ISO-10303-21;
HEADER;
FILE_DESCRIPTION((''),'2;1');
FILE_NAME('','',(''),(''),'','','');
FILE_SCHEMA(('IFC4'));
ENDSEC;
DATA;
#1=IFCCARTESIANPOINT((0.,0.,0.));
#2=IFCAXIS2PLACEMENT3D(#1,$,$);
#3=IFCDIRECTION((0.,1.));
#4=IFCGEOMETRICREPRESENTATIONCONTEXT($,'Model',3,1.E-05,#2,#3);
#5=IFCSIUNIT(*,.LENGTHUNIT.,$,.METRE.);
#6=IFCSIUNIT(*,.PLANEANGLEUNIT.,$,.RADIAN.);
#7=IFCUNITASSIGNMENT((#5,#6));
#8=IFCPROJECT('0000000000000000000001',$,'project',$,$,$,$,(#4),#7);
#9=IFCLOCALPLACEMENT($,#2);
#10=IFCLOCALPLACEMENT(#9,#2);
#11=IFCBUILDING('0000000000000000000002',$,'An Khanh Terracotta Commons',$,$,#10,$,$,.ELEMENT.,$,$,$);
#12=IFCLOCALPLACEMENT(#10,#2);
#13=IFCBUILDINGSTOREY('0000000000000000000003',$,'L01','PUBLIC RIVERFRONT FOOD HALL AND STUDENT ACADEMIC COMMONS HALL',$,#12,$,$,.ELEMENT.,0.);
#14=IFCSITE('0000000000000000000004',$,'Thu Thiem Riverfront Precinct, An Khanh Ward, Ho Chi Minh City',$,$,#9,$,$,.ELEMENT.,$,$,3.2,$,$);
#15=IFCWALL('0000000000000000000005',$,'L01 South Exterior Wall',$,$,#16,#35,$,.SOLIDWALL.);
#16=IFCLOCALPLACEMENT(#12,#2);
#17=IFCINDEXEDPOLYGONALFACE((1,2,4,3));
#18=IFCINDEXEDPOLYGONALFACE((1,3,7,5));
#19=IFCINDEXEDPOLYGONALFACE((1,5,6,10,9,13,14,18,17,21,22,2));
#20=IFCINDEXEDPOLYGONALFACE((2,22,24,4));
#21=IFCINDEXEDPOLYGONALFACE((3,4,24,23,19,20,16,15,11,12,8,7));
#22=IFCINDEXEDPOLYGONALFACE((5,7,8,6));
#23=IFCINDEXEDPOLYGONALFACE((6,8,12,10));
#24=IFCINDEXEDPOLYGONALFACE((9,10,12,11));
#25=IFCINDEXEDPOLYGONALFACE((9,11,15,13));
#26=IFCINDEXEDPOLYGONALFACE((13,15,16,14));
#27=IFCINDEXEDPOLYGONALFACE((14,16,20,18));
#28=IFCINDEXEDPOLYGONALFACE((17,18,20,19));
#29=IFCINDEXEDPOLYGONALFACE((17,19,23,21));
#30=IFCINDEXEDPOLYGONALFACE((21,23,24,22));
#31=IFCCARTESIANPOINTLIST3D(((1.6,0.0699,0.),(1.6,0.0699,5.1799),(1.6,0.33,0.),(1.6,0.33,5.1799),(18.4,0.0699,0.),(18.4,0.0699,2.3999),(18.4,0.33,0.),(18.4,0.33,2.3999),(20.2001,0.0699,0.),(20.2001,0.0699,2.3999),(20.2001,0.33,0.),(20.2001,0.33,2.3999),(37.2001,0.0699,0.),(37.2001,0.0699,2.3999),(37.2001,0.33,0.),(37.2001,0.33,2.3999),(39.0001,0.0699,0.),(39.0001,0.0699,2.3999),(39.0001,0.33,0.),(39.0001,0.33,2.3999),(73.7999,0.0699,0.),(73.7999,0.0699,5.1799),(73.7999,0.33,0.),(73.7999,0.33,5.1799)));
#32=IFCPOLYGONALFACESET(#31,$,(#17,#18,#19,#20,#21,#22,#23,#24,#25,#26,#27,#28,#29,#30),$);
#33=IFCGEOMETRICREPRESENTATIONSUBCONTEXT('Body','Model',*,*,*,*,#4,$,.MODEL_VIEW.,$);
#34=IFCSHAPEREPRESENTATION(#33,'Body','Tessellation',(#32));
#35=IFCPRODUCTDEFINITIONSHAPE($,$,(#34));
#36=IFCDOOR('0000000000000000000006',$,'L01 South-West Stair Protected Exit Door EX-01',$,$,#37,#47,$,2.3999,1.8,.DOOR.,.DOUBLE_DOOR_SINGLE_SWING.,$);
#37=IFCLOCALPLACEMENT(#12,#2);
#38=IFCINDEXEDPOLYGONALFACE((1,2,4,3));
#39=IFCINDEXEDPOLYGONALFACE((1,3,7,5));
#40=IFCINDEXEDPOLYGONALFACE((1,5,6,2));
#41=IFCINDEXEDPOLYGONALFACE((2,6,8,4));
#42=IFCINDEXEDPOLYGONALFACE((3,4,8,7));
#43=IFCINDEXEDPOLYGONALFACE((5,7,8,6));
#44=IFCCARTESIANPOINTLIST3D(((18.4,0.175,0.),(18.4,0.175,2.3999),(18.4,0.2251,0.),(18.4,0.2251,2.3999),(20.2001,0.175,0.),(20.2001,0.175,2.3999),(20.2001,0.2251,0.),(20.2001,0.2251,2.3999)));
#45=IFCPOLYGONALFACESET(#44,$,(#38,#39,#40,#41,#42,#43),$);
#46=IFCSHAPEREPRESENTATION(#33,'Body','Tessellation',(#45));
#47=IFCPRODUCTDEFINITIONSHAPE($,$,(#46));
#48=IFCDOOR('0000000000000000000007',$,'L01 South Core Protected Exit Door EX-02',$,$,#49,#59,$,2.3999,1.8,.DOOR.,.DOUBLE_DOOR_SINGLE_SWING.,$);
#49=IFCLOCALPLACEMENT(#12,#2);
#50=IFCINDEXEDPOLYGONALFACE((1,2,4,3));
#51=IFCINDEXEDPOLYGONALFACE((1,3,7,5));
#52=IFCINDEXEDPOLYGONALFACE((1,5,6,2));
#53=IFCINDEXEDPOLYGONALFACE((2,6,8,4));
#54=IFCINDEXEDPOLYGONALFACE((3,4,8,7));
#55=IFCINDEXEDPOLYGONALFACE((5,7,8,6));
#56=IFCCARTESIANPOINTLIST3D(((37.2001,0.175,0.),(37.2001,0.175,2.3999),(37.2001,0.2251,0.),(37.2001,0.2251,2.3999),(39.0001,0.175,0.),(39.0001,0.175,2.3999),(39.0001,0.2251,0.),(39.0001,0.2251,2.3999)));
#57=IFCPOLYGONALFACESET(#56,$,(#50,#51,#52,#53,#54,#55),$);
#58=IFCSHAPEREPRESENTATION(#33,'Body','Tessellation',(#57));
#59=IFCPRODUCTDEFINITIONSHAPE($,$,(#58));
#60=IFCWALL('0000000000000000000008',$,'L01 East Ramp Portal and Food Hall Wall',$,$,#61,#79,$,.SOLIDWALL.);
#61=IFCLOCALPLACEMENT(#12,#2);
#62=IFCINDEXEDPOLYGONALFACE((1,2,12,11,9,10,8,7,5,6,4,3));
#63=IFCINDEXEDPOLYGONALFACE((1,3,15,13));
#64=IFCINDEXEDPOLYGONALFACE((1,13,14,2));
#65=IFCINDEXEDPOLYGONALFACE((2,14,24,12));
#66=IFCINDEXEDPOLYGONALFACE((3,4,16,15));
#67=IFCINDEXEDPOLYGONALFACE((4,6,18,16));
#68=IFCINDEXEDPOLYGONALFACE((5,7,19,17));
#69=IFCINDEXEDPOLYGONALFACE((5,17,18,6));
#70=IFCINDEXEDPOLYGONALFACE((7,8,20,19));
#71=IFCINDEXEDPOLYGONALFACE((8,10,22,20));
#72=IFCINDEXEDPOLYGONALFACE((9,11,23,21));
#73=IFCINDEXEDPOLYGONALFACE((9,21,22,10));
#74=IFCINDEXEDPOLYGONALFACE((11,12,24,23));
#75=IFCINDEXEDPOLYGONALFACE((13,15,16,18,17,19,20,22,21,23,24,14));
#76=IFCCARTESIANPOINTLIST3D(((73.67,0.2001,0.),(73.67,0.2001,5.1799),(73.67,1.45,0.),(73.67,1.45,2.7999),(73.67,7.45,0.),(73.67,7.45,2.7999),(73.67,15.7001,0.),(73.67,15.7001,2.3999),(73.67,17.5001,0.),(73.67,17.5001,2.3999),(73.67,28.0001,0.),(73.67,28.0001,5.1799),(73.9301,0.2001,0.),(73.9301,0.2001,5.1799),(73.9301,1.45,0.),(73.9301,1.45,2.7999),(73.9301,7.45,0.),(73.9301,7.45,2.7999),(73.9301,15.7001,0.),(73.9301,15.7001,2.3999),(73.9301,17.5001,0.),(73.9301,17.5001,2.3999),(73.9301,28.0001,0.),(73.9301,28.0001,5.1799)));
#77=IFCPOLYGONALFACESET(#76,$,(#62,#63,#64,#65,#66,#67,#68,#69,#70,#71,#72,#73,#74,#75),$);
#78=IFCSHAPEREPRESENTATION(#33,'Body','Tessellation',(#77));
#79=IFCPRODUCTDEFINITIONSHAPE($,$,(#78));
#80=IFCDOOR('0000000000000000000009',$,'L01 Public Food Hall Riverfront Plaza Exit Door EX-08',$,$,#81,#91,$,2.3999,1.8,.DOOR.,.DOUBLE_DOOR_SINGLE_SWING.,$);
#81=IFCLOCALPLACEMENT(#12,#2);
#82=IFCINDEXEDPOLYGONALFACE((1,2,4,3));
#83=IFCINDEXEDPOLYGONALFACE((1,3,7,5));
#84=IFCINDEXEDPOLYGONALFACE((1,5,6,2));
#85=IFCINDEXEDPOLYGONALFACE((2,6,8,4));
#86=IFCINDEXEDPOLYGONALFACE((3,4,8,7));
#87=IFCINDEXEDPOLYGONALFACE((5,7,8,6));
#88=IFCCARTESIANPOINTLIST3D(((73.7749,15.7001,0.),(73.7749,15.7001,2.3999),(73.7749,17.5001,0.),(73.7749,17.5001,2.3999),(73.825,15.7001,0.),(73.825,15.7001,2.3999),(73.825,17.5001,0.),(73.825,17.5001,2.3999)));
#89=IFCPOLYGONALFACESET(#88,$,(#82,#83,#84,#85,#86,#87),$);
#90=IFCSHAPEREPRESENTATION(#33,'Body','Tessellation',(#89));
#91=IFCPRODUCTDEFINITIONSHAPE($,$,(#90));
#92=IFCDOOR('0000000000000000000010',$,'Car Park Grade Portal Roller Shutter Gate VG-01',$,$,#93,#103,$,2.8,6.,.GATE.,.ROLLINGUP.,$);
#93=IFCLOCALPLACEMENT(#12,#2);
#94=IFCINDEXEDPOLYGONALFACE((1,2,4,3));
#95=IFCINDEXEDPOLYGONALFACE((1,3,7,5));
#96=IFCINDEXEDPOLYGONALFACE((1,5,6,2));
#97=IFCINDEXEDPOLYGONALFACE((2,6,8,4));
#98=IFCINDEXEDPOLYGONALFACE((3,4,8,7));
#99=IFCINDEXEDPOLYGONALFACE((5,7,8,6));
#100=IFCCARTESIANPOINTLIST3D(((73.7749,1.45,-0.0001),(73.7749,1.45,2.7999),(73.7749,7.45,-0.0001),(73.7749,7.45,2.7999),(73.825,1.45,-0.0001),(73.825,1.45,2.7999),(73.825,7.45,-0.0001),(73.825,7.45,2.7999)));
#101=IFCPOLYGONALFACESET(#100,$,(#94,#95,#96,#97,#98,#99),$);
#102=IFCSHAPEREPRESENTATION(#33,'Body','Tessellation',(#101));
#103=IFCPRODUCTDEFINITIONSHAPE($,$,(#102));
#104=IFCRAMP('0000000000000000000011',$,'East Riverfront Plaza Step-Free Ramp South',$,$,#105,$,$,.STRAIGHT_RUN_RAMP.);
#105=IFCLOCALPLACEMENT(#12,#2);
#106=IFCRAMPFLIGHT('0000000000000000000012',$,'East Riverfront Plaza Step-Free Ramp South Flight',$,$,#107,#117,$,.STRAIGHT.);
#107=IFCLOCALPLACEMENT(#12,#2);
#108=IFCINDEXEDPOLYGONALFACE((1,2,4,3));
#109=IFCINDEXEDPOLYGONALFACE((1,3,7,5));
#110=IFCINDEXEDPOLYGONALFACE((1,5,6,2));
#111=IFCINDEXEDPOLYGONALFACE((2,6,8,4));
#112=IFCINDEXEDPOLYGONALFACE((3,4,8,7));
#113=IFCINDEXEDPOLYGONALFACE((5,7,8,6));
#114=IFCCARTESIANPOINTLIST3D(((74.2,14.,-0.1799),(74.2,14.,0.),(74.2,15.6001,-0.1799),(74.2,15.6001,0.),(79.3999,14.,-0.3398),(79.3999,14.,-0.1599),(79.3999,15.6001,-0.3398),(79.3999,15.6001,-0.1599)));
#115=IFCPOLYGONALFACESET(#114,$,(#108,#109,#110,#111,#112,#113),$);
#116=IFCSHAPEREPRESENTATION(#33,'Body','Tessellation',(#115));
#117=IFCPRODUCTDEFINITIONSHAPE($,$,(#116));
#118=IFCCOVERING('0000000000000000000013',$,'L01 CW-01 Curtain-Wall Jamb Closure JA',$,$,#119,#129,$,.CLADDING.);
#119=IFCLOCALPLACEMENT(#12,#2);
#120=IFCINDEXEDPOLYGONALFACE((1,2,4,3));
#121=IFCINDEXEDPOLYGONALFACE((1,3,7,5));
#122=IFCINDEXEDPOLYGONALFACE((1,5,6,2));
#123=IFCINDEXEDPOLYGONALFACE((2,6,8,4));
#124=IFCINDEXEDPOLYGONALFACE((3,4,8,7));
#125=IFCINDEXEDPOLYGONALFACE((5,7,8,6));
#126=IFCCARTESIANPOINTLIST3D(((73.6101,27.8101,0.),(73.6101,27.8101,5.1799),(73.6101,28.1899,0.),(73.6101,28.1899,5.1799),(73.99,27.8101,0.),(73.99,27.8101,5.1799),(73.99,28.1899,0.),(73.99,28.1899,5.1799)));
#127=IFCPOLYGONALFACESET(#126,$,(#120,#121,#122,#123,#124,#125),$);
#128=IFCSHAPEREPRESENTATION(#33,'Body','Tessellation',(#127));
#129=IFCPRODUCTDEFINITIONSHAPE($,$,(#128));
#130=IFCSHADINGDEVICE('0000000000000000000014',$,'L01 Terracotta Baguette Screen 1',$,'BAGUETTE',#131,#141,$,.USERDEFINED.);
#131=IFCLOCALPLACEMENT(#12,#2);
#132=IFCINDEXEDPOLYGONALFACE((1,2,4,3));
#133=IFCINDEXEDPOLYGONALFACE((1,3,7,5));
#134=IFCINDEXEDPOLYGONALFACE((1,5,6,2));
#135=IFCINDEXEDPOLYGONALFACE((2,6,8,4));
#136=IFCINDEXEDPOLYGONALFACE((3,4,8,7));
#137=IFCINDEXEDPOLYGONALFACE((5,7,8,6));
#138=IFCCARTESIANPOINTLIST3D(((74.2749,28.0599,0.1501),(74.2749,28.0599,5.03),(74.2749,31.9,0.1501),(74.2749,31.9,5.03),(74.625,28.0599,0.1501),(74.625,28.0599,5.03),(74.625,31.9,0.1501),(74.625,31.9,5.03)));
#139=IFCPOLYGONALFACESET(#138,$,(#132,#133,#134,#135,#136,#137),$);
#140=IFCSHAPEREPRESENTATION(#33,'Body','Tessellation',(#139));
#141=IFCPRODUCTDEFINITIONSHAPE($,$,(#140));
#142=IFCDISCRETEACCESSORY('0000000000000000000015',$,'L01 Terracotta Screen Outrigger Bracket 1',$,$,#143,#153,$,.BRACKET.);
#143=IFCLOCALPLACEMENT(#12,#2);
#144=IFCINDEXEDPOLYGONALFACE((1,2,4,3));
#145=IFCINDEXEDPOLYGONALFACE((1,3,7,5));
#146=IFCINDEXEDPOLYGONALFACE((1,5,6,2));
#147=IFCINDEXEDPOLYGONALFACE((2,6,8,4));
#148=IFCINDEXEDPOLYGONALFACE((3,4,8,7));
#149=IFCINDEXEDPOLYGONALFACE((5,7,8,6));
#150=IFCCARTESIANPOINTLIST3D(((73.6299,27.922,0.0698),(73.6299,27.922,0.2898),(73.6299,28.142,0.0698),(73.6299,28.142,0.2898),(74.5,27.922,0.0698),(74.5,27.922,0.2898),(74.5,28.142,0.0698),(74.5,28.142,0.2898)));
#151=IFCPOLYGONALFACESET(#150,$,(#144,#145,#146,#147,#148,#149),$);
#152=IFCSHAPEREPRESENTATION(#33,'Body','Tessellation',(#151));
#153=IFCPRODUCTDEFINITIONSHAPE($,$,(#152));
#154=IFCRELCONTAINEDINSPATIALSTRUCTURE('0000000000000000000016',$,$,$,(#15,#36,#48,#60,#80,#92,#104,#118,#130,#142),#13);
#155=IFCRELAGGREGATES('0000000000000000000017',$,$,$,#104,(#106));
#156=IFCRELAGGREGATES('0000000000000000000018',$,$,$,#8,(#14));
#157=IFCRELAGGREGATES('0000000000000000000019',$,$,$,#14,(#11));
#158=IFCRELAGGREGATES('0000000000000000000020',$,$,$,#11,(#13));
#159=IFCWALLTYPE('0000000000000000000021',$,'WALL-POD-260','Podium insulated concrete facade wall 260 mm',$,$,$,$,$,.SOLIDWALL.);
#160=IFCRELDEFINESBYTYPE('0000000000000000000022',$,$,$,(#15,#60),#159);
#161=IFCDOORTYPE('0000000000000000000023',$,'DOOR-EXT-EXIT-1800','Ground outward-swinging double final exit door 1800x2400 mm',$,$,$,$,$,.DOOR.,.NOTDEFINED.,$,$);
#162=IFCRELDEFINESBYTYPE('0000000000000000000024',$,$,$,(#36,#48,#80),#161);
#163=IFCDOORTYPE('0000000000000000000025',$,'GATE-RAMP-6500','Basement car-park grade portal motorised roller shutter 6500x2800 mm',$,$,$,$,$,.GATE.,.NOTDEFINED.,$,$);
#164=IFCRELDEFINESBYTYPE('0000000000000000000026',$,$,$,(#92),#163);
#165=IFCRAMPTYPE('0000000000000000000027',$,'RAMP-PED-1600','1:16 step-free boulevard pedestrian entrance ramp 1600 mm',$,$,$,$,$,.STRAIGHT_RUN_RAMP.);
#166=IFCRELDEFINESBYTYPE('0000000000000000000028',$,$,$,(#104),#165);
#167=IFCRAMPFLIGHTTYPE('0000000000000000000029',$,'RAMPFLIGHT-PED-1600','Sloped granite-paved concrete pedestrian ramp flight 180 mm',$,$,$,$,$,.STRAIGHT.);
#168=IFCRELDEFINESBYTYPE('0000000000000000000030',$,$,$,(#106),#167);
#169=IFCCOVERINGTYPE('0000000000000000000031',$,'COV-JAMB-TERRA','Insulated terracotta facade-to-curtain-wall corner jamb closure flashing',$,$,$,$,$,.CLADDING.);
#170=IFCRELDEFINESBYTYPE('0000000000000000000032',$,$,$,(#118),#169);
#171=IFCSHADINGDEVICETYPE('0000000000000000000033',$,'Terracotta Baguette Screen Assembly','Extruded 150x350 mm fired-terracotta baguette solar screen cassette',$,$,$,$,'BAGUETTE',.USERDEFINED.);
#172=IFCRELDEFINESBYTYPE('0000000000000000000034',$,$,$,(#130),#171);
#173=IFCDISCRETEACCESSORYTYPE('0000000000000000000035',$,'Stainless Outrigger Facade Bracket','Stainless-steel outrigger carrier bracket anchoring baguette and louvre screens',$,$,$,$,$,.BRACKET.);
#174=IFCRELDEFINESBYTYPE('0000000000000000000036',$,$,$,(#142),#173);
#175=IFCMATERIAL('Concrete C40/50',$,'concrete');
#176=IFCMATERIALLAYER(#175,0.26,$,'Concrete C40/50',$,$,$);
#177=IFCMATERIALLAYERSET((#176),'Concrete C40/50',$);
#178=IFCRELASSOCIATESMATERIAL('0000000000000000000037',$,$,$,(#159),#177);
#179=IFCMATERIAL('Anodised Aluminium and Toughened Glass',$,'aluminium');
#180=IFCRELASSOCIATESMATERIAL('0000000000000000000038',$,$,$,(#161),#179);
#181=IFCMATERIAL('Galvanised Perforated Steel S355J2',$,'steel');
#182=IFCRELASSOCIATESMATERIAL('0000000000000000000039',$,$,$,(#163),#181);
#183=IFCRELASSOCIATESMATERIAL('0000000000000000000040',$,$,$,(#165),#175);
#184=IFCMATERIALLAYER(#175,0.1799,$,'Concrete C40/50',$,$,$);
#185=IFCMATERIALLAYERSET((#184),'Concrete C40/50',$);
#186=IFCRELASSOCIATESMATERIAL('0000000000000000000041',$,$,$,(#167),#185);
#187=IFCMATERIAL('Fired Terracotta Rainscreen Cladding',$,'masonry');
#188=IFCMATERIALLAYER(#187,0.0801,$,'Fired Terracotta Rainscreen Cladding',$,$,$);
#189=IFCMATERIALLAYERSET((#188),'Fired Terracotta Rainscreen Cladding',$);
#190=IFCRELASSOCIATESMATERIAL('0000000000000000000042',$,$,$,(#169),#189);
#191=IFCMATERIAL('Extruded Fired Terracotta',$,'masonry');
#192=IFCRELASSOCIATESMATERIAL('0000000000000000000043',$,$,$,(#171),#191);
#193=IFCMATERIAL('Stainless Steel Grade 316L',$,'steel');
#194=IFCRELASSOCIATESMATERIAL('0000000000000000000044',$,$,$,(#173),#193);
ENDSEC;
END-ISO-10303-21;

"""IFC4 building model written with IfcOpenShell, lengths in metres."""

from ifc_helpers import new_model, si_unit, direction, frame, frame_2d, origin, origin_2d, place, context, subcontext, project, spatial, polyline, rectangle, outline, extrude, material, layer, layer_set, type_object, element, fill, aggregate, save


model = new_model("IFC4")

# Units and contexts
model_context = context("Model", 3, precision=1e-05, world=origin(), true_north=direction((0.0, 1.0)))
body_context = subcontext(model_context, "Body", "Model", "MODEL_VIEW")
ifc_project = project(units=[si_unit("LENGTHUNIT", "METRE"), si_unit("PLANEANGLEUNIT", "RADIAN")], contexts=[model_context])

# Site, building, storey
site_placement = place(None, origin())
site = spatial("IfcSite", under=ifc_project, at=site_placement, Name="Thu Thiem Riverfront Precinct, An Khanh Ward, Ho Chi Minh City", CompositionType="ELEMENT", RefElevation=3.2)
building_placement = place(site_placement, origin())
building = spatial("IfcBuilding", under=site, at=building_placement, Name="An Khanh Terracotta Commons", CompositionType="ELEMENT")
storey_placement = place(building_placement, origin())
storey = spatial("IfcBuildingStorey", under=building, at=storey_placement, Name="L01", Description="PUBLIC RIVERFRONT FOOD HALL AND STUDENT ACADEMIC COMMONS HALL", CompositionType="ELEMENT", Elevation=0.0)

# Walls, openings, doors
ifc_material_1 = material(Name="Concrete C40/50", Category="concrete")
ifc_layer_1 = layer(ifc_material_1, 0.26, Name="Concrete C40/50")
ifc_layer_set_1 = layer_set([ifc_layer_1], Name="Concrete C40/50")
wall_type = type_object("IfcWallType", Name="WALL-POD-260", Description="Podium insulated concrete facade wall 260 mm", PredefinedType="SOLIDWALL", material=ifc_layer_set_1)
wall_1_placement = place(storey_placement, frame((73.8, 0.2, 0.0), z_axis=(0.0, 0.0, 1.0), x_axis=(-1.0, 0.0, 0.0)))
wall_1 = element("IfcWall", 1, at=wall_1_placement, inside=storey, type_object=wall_type, Name="L01 South Exterior Wall", PredefinedType="SOLIDWALL", context=body_context, shape_type="SweptSolid", body=[
    extrude(rectangle(XDim=72.2, YDim=0.26, at=frame_2d((36.1001, 0.0))), origin(), (0.0, 0.0, 1.0), 5.1799),
])
opening_1_placement = place(wall_1_placement, frame((53.6001, 0.0, 0.0)))
opening_1 = element("IfcOpeningElement", 2, at=opening_1_placement, cuts=wall_1, PredefinedType="OPENING", context=body_context, shape_type="SweptSolid", body=[
    extrude(rectangle(XDim=1.8, YDim=2.3999, at=frame_2d((0.8999, 1.2))), frame((0.0, 0.1399, 0.0), z_axis=(0.0, -1.0, 0.0), x_axis=(1.0, 0.0, 0.0)), (0.0, 0.0, 1.0), 0.28),
])
opening_2_placement = place(wall_1_placement, frame((34.8, 0.0, 0.0)))
opening_2 = element("IfcOpeningElement", 3, at=opening_2_placement, cuts=wall_1, PredefinedType="OPENING", context=body_context, shape_type="SweptSolid", body=[
    extrude(rectangle(XDim=1.8, YDim=2.3999, at=frame_2d((0.8999, 1.2))), frame((0.0, 0.1399, 0.0), z_axis=(0.0, -1.0, 0.0), x_axis=(1.0, 0.0, 0.0)), (0.0, 0.0, 1.0), 0.28),
])
ifc_material_2 = material(Name="Anodised Aluminium and Toughened Glass", Category="aluminium")
door_type_1 = type_object("IfcDoorType", Name="DOOR-EXT-EXIT-1800", Description="Ground outward-swinging double final exit door 1800x2400 mm", OperationType="NOTDEFINED", PredefinedType="DOOR", material=ifc_material_2)
door_1_placement = place(opening_1_placement, origin())
door_1 = element("IfcDoor", 4, at=door_1_placement, inside=storey, type_object=door_type_1, Name="L01 South-West Stair Protected Exit Door EX-01", OperationType="DOUBLE_DOOR_SINGLE_SWING", OverallHeight=2.3999, OverallWidth=1.8, PredefinedType="DOOR", context=body_context, shape_type="SweptSolid", body=[
    extrude(rectangle(XDim=1.8, YDim=2.3999, at=frame_2d((0.8999, 1.2))), frame((0.0, 0.0249, 0.0), z_axis=(0.0, -1.0, 0.0), x_axis=(1.0, 0.0, 0.0)), (0.0, 0.0, 1.0), 0.05),
])
fill(opening_1, door_1)
door_2_placement = place(opening_2_placement, origin())
door_2 = element("IfcDoor", 5, at=door_2_placement, inside=storey, type_object=door_type_1, Name="L01 South Core Protected Exit Door EX-02", OperationType="DOUBLE_DOOR_SINGLE_SWING", OverallHeight=2.3999, OverallWidth=1.8, PredefinedType="DOOR", context=body_context, shape_type="SweptSolid", body=[
    extrude(rectangle(XDim=1.8, YDim=2.3999, at=frame_2d((0.8999, 1.2))), frame((0.0, 0.0249, 0.0), z_axis=(0.0, -1.0, 0.0), x_axis=(1.0, 0.0, 0.0)), (0.0, 0.0, 1.0), 0.05),
])
fill(opening_2, door_2)
wall_2_placement = place(storey_placement, frame((73.8, 28.0, 0.0), z_axis=(0.0, 0.0, 1.0), x_axis=(0.0, -1.0, 0.0)))
wall_2 = element("IfcWall", 6, at=wall_2_placement, inside=storey, type_object=wall_type, Name="L01 East Ramp Portal and Food Hall Wall", PredefinedType="SOLIDWALL", context=body_context, shape_type="SweptSolid", body=[
    extrude(rectangle(XDim=27.8, YDim=0.26, at=frame_2d((13.8999, 0.0))), origin(), (0.0, 0.0, 1.0), 5.1799),
])
opening_3_placement = place(wall_2_placement, frame((20.55, 0.0, 0.0)))
opening_3 = element("IfcOpeningElement", 7, at=opening_3_placement, cuts=wall_2, PredefinedType="OPENING", context=body_context, shape_type="SweptSolid", body=[
    extrude(rectangle(XDim=6.0, YDim=2.8, at=frame_2d((3.0, 1.3999))), frame((0.0, 0.1399, 0.0), z_axis=(0.0, -1.0, 0.0), x_axis=(1.0, 0.0, 0.0)), (0.0, 0.0, 1.0), 0.28),
])
opening_4_placement = place(wall_2_placement, frame((10.5, 0.0, 0.0)))
opening_4 = element("IfcOpeningElement", 8, at=opening_4_placement, cuts=wall_2, PredefinedType="OPENING", context=body_context, shape_type="SweptSolid", body=[
    extrude(rectangle(XDim=1.8, YDim=2.3999, at=frame_2d((0.8999, 1.2))), frame((0.0, 0.1399, 0.0), z_axis=(0.0, -1.0, 0.0), x_axis=(1.0, 0.0, 0.0)), (0.0, 0.0, 1.0), 0.28),
])
door_3_placement = place(opening_4_placement, origin())
door_3 = element("IfcDoor", 9, at=door_3_placement, inside=storey, type_object=door_type_1, Name="L01 Public Food Hall Riverfront Plaza Exit Door EX-08", OperationType="DOUBLE_DOOR_SINGLE_SWING", OverallHeight=2.3999, OverallWidth=1.8, PredefinedType="DOOR", context=body_context, shape_type="SweptSolid", body=[
    extrude(rectangle(XDim=1.8, YDim=2.3999, at=frame_2d((0.8999, 1.2))), frame((0.0, 0.0249, 0.0), z_axis=(0.0, -1.0, 0.0), x_axis=(1.0, 0.0, 0.0)), (0.0, 0.0, 1.0), 0.05),
])
fill(opening_4, door_3)
ifc_material_3 = material(Name="Galvanised Perforated Steel S355J2", Category="steel")
door_type_2 = type_object("IfcDoorType", Name="GATE-RAMP-6500", Description="Basement car-park grade portal motorised roller shutter 6500x2800 mm", OperationType="NOTDEFINED", PredefinedType="GATE", material=ifc_material_3)
door_4_placement = place(opening_3_placement, origin())
door_4 = element("IfcDoor", 10, at=door_4_placement, inside=storey, type_object=door_type_2, Name="Car Park Grade Portal Roller Shutter Gate VG-01", OperationType="ROLLINGUP", OverallHeight=2.8, OverallWidth=6.0, PredefinedType="GATE", context=body_context, shape_type="SweptSolid", body=[
    extrude(rectangle(XDim=6.0, YDim=2.8, at=frame_2d((3.0, 1.3999))), frame((0.0, 0.0249, 0.0), z_axis=(0.0, -1.0, 0.0), x_axis=(1.0, 0.0, 0.0)), (0.0, 0.0, 1.0), 0.05),
])
fill(opening_3, door_4)

# Ramp, ramp flight
ramp_type = type_object("IfcRampType", Name="RAMP-PED-1600", Description="1:16 step-free boulevard pedestrian entrance ramp 1600 mm", PredefinedType="STRAIGHT_RUN_RAMP", material=ifc_material_1)
ramp_placement = place(storey_placement, origin())
ramp = element("IfcRamp", 11, at=ramp_placement, inside=storey, type_object=ramp_type, Name="East Riverfront Plaza Step-Free Ramp South", PredefinedType="STRAIGHT_RUN_RAMP")
ifc_layer_2 = layer(ifc_material_1, 0.1799, Name="Concrete C40/50")
ifc_layer_set_2 = layer_set([ifc_layer_2], Name="Concrete C40/50")
ramp_flight_type = type_object("IfcRampFlightType", Name="RAMPFLIGHT-PED-1600", Description="Sloped granite-paved concrete pedestrian ramp flight 180 mm", PredefinedType="STRAIGHT", material=ifc_layer_set_2)
ramp_flight_placement = place(storey_placement, frame((79.3999, 14.8, -0.1599), z_axis=(0.0, 0.0, 1.0), x_axis=(-1.0, 0.0, 0.0)))
ramp_flight = element("IfcRampFlight", 12, at=ramp_flight_placement, type_object=ramp_flight_type, Name="East Riverfront Plaza Step-Free Ramp South Flight", PredefinedType="STRAIGHT", context=body_context, shape_type="SweptSolid", body=[
    extrude(outline(polyline([(0.0, 0.0), (5.2, 0.1599), (5.2, -0.02), (0.0, -0.1799), (0.0, 0.0)])), frame((0.0, 0.8, 0.0), z_axis=(0.0, -1.0, 0.0), x_axis=(1.0, 0.0, 0.0)), (0.0, 0.0, 1.0), 1.6001),
])
aggregate(ramp, [ramp_flight])

# Covering
ifc_material_4 = material(Name="Fired Terracotta Rainscreen Cladding", Category="masonry")
ifc_layer_3 = layer(ifc_material_4, 0.0801, Name="Fired Terracotta Rainscreen Cladding")
ifc_layer_set_3 = layer_set([ifc_layer_3], Name="Fired Terracotta Rainscreen Cladding")
covering_type = type_object("IfcCoveringType", Name="COV-JAMB-TERRA", Description="Insulated terracotta facade-to-curtain-wall corner jamb closure flashing", PredefinedType="CLADDING", material=ifc_layer_set_3)
covering_placement = place(storey_placement, frame((73.8, 28.0, 0.0), z_axis=(0.0, 0.0, 1.0), x_axis=(1.0, 0.0, 0.0)))
element("IfcCovering", 13, at=covering_placement, inside=storey, type_object=covering_type, Name="L01 CW-01 Curtain-Wall Jamb Closure JA", PredefinedType="CLADDING", context=body_context, shape_type="SweptSolid", body=[
    extrude(rectangle(XDim=0.3799, YDim=0.3799, at=origin_2d()), origin(), (0.0, 0.0, 1.0), 5.1799),
])

# Shading device
ifc_material_5 = material(Name="Extruded Fired Terracotta", Category="masonry")
shading_device_type = type_object("IfcShadingDeviceType", Name="Terracotta Baguette Screen Assembly", Description="Extruded 150x350 mm fired-terracotta baguette solar screen cassette", ElementType="BAGUETTE", PredefinedType="USERDEFINED", material=ifc_material_5)
shading_device_placement = place(storey_placement, frame((74.45, 29.98, 0.1501), z_axis=(0.0, 0.0, 1.0), x_axis=(0.0, 1.0, 0.0)))
element("IfcShadingDevice", 14, at=shading_device_placement, inside=storey, type_object=shading_device_type, Name="L01 Terracotta Baguette Screen 1", ObjectType="BAGUETTE", PredefinedType="USERDEFINED", context=body_context, shape_type="SweptSolid", body=[
    extrude(rectangle(XDim=3.8401, YDim=0.3501, at=origin_2d()), origin(), (0.0, 0.0, 1.0), 4.8799),
])

# Discrete accessory
ifc_material_6 = material(Name="Stainless Steel Grade 316L", Category="steel")
discrete_accessory_type = type_object("IfcDiscreteAccessoryType", Name="Stainless Outrigger Facade Bracket", Description="Stainless-steel outrigger carrier bracket anchoring baguette and louvre screens", PredefinedType="BRACKET", material=ifc_material_6)
discrete_accessory_placement = place(storey_placement, frame((74.0649, 28.032, 0.0698), z_axis=(0.0, 0.0, 1.0), x_axis=(0.0, 1.0, 0.0)))
element("IfcDiscreteAccessory", 15, at=discrete_accessory_placement, inside=storey, type_object=discrete_accessory_type, Name="L01 Terracotta Screen Outrigger Bracket 1", PredefinedType="BRACKET", context=body_context, shape_type="SweptSolid", body=[
    extrude(rectangle(XDim=0.22, YDim=0.8701, at=origin_2d()), origin(), (0.0, 0.0, 1.0), 0.22),
])

save(model, "model.ifc")
